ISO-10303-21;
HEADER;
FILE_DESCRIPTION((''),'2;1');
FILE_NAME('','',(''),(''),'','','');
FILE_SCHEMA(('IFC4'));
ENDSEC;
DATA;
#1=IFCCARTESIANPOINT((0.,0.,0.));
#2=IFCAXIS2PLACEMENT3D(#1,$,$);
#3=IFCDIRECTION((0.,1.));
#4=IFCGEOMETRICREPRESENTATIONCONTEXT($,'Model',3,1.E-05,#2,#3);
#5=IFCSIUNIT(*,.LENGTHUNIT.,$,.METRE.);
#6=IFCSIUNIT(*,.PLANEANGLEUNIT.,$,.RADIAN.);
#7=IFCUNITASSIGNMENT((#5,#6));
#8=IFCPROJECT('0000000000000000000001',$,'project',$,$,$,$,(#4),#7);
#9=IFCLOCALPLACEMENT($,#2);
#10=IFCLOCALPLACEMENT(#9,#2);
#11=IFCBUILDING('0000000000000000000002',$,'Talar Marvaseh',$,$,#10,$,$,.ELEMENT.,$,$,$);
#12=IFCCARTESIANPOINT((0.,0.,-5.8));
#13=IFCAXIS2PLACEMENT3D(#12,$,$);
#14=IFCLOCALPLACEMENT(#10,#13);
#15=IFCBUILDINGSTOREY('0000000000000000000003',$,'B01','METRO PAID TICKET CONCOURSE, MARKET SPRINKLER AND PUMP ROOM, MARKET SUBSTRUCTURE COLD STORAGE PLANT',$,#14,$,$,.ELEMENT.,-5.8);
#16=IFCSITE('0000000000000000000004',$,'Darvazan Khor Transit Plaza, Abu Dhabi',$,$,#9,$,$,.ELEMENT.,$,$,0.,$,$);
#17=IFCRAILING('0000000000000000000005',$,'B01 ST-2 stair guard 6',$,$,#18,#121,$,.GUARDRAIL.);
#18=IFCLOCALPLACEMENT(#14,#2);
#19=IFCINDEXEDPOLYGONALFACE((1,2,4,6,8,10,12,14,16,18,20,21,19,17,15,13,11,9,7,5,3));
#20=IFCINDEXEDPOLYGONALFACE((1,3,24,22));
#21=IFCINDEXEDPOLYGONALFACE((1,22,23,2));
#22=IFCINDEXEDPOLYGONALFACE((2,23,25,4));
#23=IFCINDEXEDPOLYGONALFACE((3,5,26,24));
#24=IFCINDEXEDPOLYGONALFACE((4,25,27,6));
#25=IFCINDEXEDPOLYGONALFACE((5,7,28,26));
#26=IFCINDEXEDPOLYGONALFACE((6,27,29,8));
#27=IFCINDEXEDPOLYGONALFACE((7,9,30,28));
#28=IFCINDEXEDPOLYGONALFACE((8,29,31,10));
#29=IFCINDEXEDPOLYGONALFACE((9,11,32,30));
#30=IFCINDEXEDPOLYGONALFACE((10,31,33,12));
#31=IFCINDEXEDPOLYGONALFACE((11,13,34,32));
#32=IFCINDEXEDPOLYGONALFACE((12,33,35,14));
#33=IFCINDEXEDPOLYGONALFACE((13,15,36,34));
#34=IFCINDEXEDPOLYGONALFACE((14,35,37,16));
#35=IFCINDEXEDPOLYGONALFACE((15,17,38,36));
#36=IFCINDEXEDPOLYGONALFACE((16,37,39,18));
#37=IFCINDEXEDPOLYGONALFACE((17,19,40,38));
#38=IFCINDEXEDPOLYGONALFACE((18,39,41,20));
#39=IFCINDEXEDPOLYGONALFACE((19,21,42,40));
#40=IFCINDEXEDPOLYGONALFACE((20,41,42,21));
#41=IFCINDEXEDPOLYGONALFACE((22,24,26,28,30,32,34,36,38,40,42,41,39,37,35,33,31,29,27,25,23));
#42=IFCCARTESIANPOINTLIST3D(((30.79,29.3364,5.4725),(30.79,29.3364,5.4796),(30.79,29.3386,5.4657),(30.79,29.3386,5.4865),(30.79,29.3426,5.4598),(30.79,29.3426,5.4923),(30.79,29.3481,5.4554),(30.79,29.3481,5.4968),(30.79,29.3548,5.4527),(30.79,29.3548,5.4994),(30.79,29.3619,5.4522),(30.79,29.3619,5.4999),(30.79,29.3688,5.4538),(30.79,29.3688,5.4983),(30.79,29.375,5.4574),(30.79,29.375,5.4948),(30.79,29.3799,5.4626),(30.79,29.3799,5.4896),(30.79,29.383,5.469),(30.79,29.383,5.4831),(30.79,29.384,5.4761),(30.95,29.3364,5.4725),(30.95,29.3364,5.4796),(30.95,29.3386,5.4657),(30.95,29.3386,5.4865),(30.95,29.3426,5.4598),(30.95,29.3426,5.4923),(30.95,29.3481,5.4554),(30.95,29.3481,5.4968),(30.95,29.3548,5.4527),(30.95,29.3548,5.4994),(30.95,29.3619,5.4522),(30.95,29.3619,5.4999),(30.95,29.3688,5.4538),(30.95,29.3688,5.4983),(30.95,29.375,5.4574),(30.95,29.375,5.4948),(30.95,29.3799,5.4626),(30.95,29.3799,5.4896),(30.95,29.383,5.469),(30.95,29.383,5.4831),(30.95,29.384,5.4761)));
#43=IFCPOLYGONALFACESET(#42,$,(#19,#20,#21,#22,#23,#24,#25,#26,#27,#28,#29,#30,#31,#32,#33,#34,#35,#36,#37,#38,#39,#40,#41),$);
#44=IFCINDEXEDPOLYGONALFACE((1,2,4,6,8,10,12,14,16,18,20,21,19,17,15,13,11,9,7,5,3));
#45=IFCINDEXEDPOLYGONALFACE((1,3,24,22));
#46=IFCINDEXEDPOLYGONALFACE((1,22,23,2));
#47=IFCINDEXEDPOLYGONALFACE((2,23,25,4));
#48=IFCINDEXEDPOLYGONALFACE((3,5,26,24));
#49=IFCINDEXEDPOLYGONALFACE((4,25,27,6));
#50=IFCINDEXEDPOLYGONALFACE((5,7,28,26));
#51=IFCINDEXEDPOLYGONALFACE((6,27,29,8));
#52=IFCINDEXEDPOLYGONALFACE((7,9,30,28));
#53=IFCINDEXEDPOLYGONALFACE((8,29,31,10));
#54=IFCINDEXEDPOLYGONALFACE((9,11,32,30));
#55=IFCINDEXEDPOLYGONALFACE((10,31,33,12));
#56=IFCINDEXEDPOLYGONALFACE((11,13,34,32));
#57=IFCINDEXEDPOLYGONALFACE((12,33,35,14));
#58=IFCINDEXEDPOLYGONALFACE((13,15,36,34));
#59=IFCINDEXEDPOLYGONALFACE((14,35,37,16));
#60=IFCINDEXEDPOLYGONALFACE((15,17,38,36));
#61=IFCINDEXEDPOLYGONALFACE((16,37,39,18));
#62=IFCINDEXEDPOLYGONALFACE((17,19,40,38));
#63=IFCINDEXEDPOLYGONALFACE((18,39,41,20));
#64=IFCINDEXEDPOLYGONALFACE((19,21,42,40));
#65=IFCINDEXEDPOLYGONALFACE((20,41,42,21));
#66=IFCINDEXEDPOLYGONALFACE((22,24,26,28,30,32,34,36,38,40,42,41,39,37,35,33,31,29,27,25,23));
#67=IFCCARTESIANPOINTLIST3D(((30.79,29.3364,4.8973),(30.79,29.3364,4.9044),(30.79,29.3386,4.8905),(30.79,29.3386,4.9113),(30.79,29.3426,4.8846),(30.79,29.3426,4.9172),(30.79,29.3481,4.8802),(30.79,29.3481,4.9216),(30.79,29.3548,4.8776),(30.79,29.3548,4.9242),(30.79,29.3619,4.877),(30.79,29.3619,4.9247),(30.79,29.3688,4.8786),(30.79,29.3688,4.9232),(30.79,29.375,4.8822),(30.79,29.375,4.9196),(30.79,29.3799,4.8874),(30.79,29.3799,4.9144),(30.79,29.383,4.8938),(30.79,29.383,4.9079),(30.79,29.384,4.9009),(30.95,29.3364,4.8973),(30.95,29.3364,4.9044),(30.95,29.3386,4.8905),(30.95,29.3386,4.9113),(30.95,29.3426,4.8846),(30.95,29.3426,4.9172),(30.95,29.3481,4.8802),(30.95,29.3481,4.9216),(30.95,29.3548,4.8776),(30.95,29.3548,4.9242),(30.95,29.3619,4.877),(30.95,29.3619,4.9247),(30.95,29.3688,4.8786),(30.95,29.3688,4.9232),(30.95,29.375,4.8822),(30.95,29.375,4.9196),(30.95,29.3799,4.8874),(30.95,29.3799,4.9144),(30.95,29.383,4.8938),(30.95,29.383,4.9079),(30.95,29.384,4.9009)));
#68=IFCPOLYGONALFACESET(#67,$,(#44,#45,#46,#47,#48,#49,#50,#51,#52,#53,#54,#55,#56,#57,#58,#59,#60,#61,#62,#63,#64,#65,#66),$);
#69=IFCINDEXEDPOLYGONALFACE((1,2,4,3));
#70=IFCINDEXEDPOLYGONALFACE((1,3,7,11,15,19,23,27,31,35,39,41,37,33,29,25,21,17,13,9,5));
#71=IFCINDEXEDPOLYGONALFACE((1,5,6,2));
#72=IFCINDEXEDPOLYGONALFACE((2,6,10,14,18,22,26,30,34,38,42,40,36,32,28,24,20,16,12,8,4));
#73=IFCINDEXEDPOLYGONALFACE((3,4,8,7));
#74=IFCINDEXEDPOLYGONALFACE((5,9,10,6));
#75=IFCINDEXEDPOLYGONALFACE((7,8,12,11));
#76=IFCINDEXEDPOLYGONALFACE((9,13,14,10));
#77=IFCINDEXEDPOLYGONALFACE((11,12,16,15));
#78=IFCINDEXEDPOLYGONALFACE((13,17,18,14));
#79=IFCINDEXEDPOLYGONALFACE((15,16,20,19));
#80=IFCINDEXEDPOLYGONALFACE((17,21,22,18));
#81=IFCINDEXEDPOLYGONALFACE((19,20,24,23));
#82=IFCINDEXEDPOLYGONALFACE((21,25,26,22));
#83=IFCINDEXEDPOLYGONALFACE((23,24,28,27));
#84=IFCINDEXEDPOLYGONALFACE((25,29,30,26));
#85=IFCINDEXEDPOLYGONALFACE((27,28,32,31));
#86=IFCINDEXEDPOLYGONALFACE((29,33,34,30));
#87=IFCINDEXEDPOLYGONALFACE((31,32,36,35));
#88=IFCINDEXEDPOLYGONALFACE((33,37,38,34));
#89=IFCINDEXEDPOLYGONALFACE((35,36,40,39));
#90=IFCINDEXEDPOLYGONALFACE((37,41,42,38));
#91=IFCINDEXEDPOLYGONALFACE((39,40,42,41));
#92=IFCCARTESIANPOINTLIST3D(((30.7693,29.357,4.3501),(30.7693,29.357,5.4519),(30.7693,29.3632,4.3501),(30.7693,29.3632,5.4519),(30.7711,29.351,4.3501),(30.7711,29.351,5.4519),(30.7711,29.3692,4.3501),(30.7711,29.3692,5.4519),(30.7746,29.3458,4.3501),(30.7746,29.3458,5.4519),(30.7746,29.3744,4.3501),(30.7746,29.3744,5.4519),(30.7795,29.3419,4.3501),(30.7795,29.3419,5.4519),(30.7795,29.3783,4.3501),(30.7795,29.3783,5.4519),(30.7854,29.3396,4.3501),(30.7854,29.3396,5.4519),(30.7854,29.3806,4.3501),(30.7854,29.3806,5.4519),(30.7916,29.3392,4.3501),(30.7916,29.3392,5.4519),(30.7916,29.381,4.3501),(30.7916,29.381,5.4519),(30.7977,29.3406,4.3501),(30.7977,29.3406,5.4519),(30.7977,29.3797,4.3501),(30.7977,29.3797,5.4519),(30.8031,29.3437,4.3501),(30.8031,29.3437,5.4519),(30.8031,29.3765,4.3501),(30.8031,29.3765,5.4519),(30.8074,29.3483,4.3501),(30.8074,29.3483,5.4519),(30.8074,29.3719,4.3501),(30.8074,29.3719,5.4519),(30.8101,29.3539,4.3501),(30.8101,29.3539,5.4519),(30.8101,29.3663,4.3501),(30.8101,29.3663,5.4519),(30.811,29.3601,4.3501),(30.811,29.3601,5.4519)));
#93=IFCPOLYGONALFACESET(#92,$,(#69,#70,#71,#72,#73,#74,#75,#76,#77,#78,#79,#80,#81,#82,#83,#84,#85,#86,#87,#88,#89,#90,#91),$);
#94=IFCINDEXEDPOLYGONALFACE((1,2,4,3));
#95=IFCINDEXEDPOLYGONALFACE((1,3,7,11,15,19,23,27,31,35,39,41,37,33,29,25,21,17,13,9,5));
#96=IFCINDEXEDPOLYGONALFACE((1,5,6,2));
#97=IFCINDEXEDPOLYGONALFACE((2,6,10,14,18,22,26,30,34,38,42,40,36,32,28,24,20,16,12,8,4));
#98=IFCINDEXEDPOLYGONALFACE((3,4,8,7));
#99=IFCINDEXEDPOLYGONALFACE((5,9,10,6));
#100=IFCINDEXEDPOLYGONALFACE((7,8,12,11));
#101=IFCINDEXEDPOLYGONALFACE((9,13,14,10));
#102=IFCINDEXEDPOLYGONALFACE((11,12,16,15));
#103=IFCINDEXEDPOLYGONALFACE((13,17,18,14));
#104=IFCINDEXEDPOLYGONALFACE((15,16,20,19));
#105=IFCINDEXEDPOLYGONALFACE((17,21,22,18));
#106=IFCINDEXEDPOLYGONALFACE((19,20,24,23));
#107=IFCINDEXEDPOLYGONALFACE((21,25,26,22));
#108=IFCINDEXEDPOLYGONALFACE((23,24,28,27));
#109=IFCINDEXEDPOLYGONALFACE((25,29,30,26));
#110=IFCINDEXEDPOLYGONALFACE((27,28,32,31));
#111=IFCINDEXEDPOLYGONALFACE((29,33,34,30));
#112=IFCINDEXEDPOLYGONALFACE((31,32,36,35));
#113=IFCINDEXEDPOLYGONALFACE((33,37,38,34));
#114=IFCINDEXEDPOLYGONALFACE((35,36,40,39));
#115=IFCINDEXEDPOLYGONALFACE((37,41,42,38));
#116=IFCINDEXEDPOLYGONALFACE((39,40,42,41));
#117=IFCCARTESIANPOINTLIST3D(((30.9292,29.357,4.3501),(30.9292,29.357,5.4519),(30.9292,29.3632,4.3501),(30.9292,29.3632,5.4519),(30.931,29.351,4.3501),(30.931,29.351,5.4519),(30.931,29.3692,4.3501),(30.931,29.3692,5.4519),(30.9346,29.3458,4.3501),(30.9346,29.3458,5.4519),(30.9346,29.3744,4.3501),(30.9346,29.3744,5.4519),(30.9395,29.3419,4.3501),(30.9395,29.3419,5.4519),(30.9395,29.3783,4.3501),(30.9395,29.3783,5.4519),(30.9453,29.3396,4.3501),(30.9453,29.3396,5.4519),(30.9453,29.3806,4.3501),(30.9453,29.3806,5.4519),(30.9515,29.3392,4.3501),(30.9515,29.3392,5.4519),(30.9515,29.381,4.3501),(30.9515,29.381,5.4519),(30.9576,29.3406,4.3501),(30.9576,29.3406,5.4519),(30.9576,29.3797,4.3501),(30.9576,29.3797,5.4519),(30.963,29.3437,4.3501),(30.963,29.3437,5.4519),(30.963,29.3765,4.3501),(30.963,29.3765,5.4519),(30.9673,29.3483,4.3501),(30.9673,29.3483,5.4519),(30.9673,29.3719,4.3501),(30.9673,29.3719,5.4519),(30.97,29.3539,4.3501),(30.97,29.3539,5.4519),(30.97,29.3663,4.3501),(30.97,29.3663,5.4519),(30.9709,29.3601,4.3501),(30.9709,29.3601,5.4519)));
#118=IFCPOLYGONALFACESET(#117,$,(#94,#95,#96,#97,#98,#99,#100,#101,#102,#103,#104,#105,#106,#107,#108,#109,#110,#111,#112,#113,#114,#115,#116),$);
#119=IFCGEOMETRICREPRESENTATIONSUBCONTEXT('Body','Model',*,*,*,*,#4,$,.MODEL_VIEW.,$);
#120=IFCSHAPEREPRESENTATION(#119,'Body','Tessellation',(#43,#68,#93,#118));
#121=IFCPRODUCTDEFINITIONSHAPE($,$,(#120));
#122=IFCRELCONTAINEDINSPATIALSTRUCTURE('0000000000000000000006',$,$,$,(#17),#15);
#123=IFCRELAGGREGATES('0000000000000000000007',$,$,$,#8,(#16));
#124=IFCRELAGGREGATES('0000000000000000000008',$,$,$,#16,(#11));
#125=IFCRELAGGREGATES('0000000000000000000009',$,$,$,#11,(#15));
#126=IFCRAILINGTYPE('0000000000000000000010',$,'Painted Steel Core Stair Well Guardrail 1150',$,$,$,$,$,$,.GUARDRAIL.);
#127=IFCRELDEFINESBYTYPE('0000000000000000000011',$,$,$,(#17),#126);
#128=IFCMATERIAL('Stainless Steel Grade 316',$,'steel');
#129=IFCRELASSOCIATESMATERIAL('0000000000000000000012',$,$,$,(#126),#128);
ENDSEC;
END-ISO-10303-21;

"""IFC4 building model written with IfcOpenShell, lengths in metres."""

from ifc_helpers import new_model, si_unit, direction, frame, origin, origin_2d, place, context, subcontext, project, spatial, circle, extrude, material, type_object, element, save


model = new_model("IFC4")

# Units and contexts
model_context = context("Model", 3, precision=1e-05, world=origin(), true_north=direction((0.0, 1.0)))
body_context = subcontext(model_context, "Body", "Model", "MODEL_VIEW")
ifc_project = project(units=[si_unit("LENGTHUNIT", "METRE"), si_unit("PLANEANGLEUNIT", "RADIAN")], contexts=[model_context])

# Site, building, storey
site_placement = place(None, origin())
site = spatial("IfcSite", under=ifc_project, at=site_placement, Name="Darvazan Khor Transit Plaza, Abu Dhabi", CompositionType="ELEMENT", RefElevation=0.0)
building_placement = place(site_placement, origin())
building = spatial("IfcBuilding", under=site, at=building_placement, Name="Talar Marvaseh", CompositionType="ELEMENT")
storey_placement = place(building_placement, frame((0.0, 0.0, -5.8)))
storey = spatial("IfcBuildingStorey", under=building, at=storey_placement, Name="B01", Description="METRO PAID TICKET CONCOURSE, MARKET SPRINKLER AND PUMP ROOM, MARKET SUBSTRUCTURE COLD STORAGE PLANT", CompositionType="ELEMENT", Elevation=-5.8)

# Railing
ifc_material_1 = material(Name="Stainless Steel Grade 316", Category="steel")
railing_type_1 = type_object("IfcRailingType", Name="Painted Steel Core Stair Well Guardrail 1150", PredefinedType="GUARDRAIL", material=ifc_material_1)
railing_1_placement = place(storey_placement, frame((30.79, 29.3601, 4.3501)))
element("IfcRailing", 1, at=railing_1_placement, inside=storey, type_object=railing_type_1, Name="B01 ST-2 stair guard 6", PredefinedType="GUARDRAIL", context=body_context, shape_type="SweptSolid", body=[
    extrude(circle(Radius=0.0239, at=origin_2d()), frame((0.0, 0.0, 1.126), z_axis=(1.0, 0.0, 0.0), x_axis=(0.0, 1.0, 0.0)), (0.0, 0.0, 1.0), 0.1599),
    extrude(circle(Radius=0.0239, at=origin_2d()), frame((0.0, 0.0, 0.5508), z_axis=(1.0, 0.0, 0.0), x_axis=(0.0, 1.0, 0.0)), (0.0, 0.0, 1.0), 0.1599),
    extrude(circle(Radius=0.021, at=origin_2d()), origin(), (0.0, 0.0, 1.0), 1.1018),
    extrude(circle(Radius=0.021, at=origin_2d()), frame((0.1599, 0.0, 0.0)), (0.0, 0.0, 1.0), 1.1018),
])

save(model, "model.ifc")
